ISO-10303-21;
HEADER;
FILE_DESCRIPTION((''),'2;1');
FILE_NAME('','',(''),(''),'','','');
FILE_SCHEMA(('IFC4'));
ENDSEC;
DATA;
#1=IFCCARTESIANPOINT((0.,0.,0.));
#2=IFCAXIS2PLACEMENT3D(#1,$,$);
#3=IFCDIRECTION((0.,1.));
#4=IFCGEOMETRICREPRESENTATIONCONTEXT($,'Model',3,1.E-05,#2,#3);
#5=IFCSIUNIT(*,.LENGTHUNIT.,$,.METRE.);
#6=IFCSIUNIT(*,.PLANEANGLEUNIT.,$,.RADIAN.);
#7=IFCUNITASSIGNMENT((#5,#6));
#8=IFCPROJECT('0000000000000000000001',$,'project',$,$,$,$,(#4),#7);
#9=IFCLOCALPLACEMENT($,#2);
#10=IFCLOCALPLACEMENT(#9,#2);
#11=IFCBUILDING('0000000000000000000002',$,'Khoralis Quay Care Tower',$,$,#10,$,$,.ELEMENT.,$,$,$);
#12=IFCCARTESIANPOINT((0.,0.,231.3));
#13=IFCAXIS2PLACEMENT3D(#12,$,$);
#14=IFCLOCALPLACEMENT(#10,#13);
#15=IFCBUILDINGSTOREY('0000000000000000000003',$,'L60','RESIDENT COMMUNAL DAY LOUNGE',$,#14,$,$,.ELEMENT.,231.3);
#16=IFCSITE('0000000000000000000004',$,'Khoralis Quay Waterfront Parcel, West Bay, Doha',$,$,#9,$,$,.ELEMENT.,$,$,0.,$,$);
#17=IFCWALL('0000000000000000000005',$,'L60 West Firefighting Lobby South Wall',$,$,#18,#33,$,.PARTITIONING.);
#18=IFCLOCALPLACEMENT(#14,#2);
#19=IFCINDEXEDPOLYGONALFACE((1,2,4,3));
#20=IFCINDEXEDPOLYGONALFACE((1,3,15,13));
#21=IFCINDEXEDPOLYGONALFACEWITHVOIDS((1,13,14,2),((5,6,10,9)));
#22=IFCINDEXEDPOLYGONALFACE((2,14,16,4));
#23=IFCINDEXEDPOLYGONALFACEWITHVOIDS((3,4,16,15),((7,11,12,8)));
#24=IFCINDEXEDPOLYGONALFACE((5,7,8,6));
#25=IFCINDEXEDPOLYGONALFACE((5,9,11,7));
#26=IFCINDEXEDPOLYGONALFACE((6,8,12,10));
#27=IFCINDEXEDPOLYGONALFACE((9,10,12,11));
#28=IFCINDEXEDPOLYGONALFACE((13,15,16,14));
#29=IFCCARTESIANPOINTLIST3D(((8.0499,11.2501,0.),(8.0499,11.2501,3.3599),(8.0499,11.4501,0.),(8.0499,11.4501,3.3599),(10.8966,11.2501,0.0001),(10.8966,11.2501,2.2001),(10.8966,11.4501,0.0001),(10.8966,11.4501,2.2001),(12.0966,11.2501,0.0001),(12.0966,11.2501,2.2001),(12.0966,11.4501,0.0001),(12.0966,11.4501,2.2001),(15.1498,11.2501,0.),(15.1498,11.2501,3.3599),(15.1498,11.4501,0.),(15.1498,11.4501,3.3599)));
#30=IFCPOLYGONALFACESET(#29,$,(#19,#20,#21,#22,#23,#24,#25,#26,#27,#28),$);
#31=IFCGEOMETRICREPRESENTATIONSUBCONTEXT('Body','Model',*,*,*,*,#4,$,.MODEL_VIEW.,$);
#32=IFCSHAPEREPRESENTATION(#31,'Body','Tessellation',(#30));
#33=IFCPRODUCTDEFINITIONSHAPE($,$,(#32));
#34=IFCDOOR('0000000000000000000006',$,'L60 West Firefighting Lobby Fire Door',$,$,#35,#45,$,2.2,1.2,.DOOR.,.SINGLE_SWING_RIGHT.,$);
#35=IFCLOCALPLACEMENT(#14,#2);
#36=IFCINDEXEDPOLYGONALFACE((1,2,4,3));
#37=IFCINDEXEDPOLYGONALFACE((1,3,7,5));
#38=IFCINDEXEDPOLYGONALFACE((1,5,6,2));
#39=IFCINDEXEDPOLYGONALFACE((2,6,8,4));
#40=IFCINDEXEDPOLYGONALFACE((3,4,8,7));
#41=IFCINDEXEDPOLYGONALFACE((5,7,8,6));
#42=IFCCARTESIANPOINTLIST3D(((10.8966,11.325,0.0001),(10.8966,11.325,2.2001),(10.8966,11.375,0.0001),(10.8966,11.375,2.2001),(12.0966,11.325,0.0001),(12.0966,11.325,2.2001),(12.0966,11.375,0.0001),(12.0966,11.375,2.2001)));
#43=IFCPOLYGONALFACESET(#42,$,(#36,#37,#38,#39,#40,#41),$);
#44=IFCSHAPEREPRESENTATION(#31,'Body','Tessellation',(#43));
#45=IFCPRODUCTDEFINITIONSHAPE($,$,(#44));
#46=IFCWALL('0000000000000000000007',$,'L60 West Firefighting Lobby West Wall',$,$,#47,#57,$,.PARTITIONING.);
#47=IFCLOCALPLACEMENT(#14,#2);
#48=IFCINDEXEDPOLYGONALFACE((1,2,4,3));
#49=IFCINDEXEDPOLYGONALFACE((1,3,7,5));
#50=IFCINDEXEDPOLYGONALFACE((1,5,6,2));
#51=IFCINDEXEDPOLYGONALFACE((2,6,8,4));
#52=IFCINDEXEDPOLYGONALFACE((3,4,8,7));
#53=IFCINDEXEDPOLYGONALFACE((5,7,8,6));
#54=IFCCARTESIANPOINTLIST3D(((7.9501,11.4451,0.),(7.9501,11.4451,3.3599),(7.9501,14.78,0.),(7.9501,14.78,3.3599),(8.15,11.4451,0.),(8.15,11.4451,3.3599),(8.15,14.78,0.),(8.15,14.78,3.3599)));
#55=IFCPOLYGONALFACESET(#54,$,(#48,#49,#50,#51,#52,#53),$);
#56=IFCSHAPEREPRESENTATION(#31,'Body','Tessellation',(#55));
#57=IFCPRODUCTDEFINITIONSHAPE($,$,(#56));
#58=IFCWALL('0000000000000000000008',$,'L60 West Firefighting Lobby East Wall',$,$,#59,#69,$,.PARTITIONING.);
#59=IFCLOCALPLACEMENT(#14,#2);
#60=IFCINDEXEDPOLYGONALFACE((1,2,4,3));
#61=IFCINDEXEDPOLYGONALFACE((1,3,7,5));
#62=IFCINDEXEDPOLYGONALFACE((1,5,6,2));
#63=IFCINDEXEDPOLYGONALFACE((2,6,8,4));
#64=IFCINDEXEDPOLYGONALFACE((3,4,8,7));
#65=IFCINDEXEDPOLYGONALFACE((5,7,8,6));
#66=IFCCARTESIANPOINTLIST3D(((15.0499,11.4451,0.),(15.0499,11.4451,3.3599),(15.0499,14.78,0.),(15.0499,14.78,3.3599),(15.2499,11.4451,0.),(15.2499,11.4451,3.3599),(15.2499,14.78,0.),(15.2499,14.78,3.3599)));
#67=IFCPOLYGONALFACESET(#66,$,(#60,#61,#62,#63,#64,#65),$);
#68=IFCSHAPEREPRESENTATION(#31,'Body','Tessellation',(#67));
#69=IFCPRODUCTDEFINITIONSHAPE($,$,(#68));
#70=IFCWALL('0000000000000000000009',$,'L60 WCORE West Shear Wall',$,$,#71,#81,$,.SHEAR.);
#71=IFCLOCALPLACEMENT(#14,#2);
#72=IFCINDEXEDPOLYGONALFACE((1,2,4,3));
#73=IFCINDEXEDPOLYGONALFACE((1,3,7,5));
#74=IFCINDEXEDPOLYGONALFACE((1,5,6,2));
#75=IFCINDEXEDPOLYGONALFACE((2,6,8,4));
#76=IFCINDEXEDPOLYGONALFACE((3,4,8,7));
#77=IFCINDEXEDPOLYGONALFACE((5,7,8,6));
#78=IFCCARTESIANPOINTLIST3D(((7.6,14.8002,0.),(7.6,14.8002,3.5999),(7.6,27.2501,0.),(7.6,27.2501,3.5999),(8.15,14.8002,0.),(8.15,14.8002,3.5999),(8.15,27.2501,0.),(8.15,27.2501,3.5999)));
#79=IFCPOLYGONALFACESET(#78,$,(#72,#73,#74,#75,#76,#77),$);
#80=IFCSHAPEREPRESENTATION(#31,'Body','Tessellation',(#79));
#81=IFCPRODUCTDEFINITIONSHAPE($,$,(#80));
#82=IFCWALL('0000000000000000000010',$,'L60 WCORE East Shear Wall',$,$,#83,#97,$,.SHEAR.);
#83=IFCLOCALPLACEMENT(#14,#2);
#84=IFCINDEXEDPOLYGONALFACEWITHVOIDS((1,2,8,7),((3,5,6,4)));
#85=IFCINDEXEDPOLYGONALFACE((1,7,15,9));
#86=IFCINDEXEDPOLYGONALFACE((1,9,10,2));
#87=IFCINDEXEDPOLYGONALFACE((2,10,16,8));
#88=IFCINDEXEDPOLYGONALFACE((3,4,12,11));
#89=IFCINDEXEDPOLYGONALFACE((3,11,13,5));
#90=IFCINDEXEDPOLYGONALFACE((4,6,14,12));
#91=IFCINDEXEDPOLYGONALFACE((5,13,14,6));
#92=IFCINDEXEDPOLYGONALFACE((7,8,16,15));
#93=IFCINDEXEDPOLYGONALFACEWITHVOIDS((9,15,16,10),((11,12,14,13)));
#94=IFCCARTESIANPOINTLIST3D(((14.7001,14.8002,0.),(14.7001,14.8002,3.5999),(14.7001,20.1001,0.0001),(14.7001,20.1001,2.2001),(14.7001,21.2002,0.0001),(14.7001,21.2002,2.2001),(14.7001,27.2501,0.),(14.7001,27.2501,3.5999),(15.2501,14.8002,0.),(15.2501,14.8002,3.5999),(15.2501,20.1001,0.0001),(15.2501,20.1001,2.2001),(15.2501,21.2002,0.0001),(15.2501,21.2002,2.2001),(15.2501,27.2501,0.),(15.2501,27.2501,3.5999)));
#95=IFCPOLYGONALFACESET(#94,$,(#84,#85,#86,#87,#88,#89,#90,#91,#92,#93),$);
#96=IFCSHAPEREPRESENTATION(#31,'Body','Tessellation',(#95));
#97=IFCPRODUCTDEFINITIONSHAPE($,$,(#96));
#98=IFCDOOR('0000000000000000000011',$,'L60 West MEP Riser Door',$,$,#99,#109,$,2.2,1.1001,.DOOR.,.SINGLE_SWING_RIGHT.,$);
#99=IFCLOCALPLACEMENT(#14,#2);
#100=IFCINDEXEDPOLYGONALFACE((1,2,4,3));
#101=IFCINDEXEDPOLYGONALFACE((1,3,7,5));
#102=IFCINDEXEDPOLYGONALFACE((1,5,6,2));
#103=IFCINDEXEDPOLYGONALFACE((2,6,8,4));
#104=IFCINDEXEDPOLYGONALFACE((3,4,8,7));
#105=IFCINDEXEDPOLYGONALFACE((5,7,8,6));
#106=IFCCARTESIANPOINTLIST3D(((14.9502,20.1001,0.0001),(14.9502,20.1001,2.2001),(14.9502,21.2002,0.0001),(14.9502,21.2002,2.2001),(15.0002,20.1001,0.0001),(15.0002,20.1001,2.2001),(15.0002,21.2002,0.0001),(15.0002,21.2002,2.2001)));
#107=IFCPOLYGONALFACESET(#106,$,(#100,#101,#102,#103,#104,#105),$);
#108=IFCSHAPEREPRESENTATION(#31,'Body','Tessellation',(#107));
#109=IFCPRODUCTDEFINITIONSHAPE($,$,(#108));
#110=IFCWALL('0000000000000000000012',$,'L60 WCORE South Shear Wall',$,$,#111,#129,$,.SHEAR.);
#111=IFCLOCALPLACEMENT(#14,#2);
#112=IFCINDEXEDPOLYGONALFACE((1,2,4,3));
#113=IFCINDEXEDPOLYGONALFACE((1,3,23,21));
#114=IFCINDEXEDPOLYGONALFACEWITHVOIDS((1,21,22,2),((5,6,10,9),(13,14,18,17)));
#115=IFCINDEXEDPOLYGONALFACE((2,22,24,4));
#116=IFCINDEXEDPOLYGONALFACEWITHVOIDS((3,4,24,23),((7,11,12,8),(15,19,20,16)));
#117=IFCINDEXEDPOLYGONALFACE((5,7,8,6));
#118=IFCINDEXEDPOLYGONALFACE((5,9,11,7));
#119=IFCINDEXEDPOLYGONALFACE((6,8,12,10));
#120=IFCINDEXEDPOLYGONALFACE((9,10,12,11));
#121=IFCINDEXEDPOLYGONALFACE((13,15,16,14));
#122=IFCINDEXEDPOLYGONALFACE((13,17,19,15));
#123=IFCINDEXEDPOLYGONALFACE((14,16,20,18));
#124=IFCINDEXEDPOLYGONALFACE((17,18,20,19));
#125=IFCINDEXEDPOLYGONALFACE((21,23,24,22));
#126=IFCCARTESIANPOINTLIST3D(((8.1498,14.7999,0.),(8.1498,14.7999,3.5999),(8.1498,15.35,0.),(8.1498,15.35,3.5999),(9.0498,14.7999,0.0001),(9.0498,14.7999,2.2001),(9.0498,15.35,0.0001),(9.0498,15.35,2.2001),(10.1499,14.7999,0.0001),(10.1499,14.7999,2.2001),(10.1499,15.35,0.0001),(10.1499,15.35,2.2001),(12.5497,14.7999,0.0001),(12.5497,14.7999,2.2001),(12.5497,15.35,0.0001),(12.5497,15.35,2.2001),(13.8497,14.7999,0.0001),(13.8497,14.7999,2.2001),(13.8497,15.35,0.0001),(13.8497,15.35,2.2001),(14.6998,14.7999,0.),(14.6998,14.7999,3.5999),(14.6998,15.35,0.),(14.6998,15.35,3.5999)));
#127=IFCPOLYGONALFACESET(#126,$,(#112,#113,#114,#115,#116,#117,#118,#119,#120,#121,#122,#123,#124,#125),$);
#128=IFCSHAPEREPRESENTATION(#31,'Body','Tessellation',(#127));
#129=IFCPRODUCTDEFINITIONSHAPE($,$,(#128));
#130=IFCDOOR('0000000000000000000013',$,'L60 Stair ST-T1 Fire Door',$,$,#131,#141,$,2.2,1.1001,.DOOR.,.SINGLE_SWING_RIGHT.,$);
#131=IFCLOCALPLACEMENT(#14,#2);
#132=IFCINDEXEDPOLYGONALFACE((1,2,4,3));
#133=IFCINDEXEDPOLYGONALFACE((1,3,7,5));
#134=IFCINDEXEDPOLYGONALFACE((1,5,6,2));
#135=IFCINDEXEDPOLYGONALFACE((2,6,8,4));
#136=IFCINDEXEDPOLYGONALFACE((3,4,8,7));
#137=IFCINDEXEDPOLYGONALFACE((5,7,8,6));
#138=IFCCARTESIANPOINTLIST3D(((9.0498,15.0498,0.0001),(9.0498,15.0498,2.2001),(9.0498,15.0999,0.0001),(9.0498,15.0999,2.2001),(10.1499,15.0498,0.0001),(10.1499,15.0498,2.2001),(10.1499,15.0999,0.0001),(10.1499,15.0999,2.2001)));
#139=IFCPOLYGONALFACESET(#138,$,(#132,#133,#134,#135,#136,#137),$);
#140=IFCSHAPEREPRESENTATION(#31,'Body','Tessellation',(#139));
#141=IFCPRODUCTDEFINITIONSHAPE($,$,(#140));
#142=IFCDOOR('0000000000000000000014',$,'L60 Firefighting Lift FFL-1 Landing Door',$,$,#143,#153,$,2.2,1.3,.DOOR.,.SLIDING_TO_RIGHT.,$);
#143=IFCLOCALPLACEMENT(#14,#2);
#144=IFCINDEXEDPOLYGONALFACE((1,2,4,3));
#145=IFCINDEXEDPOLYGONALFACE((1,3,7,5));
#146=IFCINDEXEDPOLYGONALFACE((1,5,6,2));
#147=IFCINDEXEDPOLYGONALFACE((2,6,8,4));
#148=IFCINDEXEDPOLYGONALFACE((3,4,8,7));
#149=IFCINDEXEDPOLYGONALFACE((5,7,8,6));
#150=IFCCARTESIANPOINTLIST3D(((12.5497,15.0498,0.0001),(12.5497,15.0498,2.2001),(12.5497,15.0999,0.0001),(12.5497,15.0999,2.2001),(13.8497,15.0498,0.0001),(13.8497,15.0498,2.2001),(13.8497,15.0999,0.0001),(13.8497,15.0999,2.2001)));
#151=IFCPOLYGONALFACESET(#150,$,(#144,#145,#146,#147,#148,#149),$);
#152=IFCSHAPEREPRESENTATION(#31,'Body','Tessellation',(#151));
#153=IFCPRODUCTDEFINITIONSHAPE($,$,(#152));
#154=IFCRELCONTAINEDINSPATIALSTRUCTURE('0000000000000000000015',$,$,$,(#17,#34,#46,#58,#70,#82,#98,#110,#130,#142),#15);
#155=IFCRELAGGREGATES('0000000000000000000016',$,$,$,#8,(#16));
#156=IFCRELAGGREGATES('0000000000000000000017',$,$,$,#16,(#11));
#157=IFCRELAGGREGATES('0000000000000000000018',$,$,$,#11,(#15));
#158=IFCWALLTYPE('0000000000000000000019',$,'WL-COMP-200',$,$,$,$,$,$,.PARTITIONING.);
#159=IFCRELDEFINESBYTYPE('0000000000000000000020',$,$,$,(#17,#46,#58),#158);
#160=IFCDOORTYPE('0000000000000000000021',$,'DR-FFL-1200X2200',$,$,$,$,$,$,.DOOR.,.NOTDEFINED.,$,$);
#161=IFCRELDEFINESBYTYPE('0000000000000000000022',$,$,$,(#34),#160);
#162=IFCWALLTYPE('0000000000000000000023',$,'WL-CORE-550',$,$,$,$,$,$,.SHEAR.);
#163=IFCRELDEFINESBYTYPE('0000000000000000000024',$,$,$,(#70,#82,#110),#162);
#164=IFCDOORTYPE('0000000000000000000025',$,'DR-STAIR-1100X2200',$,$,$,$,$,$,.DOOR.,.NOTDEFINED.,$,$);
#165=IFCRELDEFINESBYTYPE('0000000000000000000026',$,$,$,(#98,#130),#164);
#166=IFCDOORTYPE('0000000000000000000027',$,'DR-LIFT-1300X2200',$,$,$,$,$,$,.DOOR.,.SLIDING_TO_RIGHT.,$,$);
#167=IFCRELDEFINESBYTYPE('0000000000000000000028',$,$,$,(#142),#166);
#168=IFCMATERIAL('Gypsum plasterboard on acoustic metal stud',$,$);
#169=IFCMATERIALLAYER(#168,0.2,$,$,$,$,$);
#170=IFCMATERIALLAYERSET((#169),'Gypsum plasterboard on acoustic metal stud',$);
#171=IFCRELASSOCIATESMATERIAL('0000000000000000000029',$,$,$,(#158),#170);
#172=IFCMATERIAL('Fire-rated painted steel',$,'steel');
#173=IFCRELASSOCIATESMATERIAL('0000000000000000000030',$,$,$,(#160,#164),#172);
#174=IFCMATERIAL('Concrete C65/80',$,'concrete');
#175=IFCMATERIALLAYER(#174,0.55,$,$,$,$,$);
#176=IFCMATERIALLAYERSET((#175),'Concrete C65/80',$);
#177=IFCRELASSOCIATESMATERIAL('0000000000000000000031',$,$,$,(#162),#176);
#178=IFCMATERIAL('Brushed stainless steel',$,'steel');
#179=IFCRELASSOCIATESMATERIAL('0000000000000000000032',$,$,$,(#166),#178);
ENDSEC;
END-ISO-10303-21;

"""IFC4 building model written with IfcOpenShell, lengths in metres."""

from ifc_helpers import new_model, si_unit, direction, frame, frame_2d, origin, place, context, subcontext, project, spatial, rectangle, extrude, source, transform, mapped, material, layer, layer_set, type_object, element, fill, save


model = new_model("IFC4")

# Units and contexts
model_context = context("Model", 3, precision=1e-05, world=origin(), true_north=direction((0.0, 1.0)))
body_context = subcontext(model_context, "Body", "Model", "MODEL_VIEW")
ifc_project = project(units=[si_unit("LENGTHUNIT", "METRE"), si_unit("PLANEANGLEUNIT", "RADIAN")], contexts=[model_context])

# Site, building, storey
site_placement = place(None, origin())
site = spatial("IfcSite", under=ifc_project, at=site_placement, Name="Khoralis Quay Waterfront Parcel, West Bay, Doha", CompositionType="ELEMENT", RefElevation=0.0)
building_placement = place(site_placement, origin())
building = spatial("IfcBuilding", under=site, at=building_placement, Name="Khoralis Quay Care Tower", CompositionType="ELEMENT")
storey_placement = place(building_placement, frame((0.0, 0.0, 231.3)))
storey = spatial("IfcBuildingStorey", under=building, at=storey_placement, Name="L60", Description="RESIDENT COMMUNAL DAY LOUNGE", CompositionType="ELEMENT", Elevation=231.3)

# Wall, opening, door
ifc_material_1 = material(Name="Gypsum plasterboard on acoustic metal stud")
ifc_layer_1 = layer(ifc_material_1, 0.2)
ifc_layer_set_1 = layer_set([ifc_layer_1], Name="Gypsum plasterboard on acoustic metal stud")
wall_type_1 = type_object("IfcWallType", Name="WL-COMP-200", PredefinedType="PARTITIONING", material=ifc_layer_set_1)
wall_1_placement = place(storey_placement, frame((8.05, 11.3501, 0.0), z_axis=(0.0, 0.0, 1.0), x_axis=(1.0, 0.0, 0.0)))
wall_1 = element("IfcWall", 1, at=wall_1_placement, inside=storey, type_object=wall_type_1, Name="L60 West Firefighting Lobby South Wall", PredefinedType="PARTITIONING", context=body_context, shape_type="SweptSolid", body=[
    extrude(rectangle(XDim=7.0999, YDim=0.2, at=frame_2d((3.5498, 0.0))), origin(), (0.0, 0.0, 1.0), 3.3599),
])
opening_1_placement = place(wall_1_placement, frame((2.8464, 0.0, 0.0)))
opening_1 = element("IfcOpeningElement", 2, at=opening_1_placement, cuts=wall_1, PredefinedType="OPENING", context=body_context, shape_type="SweptSolid", body=[
    extrude(rectangle(XDim=1.2, YDim=2.2, at=frame_2d((0.6001, 1.1001))), frame((0.0, 0.1099, 0.0), z_axis=(0.0, -1.0, 0.0), x_axis=(1.0, 0.0, 0.0)), (0.0, 0.0, 1.0), 0.22),
])
ifc_material_2 = material(Name="Fire-rated painted steel", Category="steel")
door_type_1 = type_object("IfcDoorType", Name="DR-FFL-1200X2200", OperationType="NOTDEFINED", PredefinedType="DOOR", material=ifc_material_2)
shared_shape_1 = source(origin(), body_context, "Body", "SweptSolid", [
    extrude(rectangle(XDim=1.2, YDim=2.2, at=frame_2d((0.6001, 1.1001))), frame((0.0, 0.0249, 0.0), z_axis=(0.0, -1.0, 0.0), x_axis=(1.0, 0.0, 0.0)), (0.0, 0.0, 1.0), 0.05),
])
door_1_placement = place(opening_1_placement, origin())
door_1 = element("IfcDoor", 3, at=door_1_placement, inside=storey, type_object=door_type_1, Name="L60 West Firefighting Lobby Fire Door", OperationType="SINGLE_SWING_RIGHT", OverallHeight=2.2, OverallWidth=1.2, PredefinedType="DOOR", context=body_context, shape_type="MappedRepresentation", body=[
    mapped(shared_shape_1, transform((0.0, 0.0, 0.0), scale=1.0)),
])
fill(opening_1, door_1)

# Walls
for number, where, z_axis, x_axis, name in (
    (4, (8.05, 11.4451, 0.0), (0.0, 0.0, 1.0), (0.0, 1.0, 0.0), "L60 West Firefighting Lobby West Wall"),
    (5, (15.1499, 11.4451, 0.0), (0.0, 0.0, 1.0), (0.0, 1.0, 0.0), "L60 West Firefighting Lobby East Wall"),
):
    element("IfcWall", number, at=place(storey_placement, frame(where, z_axis=z_axis, x_axis=x_axis)), inside=storey, type_object=wall_type_1, Name=name, PredefinedType="PARTITIONING", context=body_context, shape_type="SweptSolid", body=[
        extrude(rectangle(XDim=3.335, YDim=0.2, at=frame_2d((1.6675, 0.0))), origin(), (0.0, 0.0, 1.0), 3.3599),
    ])
ifc_material_3 = material(Name="Concrete C65/80", Category="concrete")
ifc_layer_2 = layer(ifc_material_3, 0.55)
ifc_layer_set_2 = layer_set([ifc_layer_2], Name="Concrete C65/80")
wall_type_2 = type_object("IfcWallType", Name="WL-CORE-550", PredefinedType="SHEAR", material=ifc_layer_set_2)
wall_2_placement = place(storey_placement, frame((7.875, 14.8, 0.0), z_axis=(0.0, 0.0, 1.0), x_axis=(0.0, 1.0, 0.0)))
element("IfcWall", 6, at=wall_2_placement, inside=storey, type_object=wall_type_2, Name="L60 WCORE West Shear Wall", PredefinedType="SHEAR", context=body_context, shape_type="SweptSolid", body=[
    extrude(rectangle(XDim=12.45, YDim=0.55, at=frame_2d((6.2251, 0.0))), origin(), (0.0, 0.0, 1.0), 3.5999),
])

# Wall, opening, door
wall_3_placement = place(storey_placement, frame((14.9751, 14.8, 0.0), z_axis=(0.0, 0.0, 1.0), x_axis=(0.0, 1.0, 0.0)))
wall_3 = element("IfcWall", 7, at=wall_3_placement, inside=storey, type_object=wall_type_2, Name="L60 WCORE East Shear Wall", PredefinedType="SHEAR", context=body_context, shape_type="SweptSolid", body=[
    extrude(rectangle(XDim=12.45, YDim=0.55, at=frame_2d((6.2251, 0.0))), origin(), (0.0, 0.0, 1.0), 3.5999),
])
opening_2_placement = place(wall_3_placement, frame((5.3, 0.0, 0.0)))
opening_2 = element("IfcOpeningElement", 8, at=opening_2_placement, cuts=wall_3, PredefinedType="OPENING", context=body_context, shape_type="SweptSolid", body=[
    extrude(rectangle(XDim=1.1001, YDim=2.2, at=frame_2d((0.55, 1.1001))), frame((0.0, 0.2852, 0.0), z_axis=(0.0, -1.0, 0.0), x_axis=(1.0, 0.0, 0.0)), (0.0, 0.0, 1.0), 0.5701),
])
door_type_2 = type_object("IfcDoorType", Name="DR-STAIR-1100X2200", OperationType="NOTDEFINED", PredefinedType="DOOR", material=ifc_material_2)
shared_shape_2 = source(origin(), body_context, "Body", "SweptSolid", [
    extrude(rectangle(XDim=1.1001, YDim=2.2, at=frame_2d((0.55, 1.1001))), frame((0.0, 0.0249, 0.0), z_axis=(0.0, -1.0, 0.0), x_axis=(1.0, 0.0, 0.0)), (0.0, 0.0, 1.0), 0.05),
])
door_2_placement = place(opening_2_placement, origin())
door_2 = element("IfcDoor", 9, at=door_2_placement, inside=storey, type_object=door_type_2, Name="L60 West MEP Riser Door", OperationType="SINGLE_SWING_RIGHT", OverallHeight=2.2, OverallWidth=1.1001, PredefinedType="DOOR", context=body_context, shape_type="MappedRepresentation", body=[
    mapped(shared_shape_2, transform((0.0, 0.0, 0.0), scale=1.0)),
])
fill(opening_2, door_2)

# Wall, openings, doors
wall_4_placement = place(storey_placement, frame((8.1499, 15.075, 0.0), z_axis=(0.0, 0.0, 1.0), x_axis=(1.0, 0.0, 0.0)))
wall_4 = element("IfcWall", 10, at=wall_4_placement, inside=storey, type_object=wall_type_2, Name="L60 WCORE South Shear Wall", PredefinedType="SHEAR", context=body_context, shape_type="SweptSolid", body=[
    extrude(rectangle(XDim=6.55, YDim=0.55, at=frame_2d((3.2749, 0.0))), origin(), (0.0, 0.0, 1.0), 3.5999),
])
opening_3_placement = place(wall_4_placement, frame((0.8999, 0.0, 0.0)))
opening_3 = element("IfcOpeningElement", 11, at=opening_3_placement, cuts=wall_4, PredefinedType="OPENING", context=body_context, shape_type="SweptSolid", body=[
    extrude(rectangle(XDim=1.1001, YDim=2.2, at=frame_2d((0.55, 1.1001))), frame((0.0, 0.2852, 0.0), z_axis=(0.0, -1.0, 0.0), x_axis=(1.0, 0.0, 0.0)), (0.0, 0.0, 1.0), 0.5701),
])
opening_4_placement = place(wall_4_placement, frame((4.3999, 0.0, 0.0)))
opening_4 = element("IfcOpeningElement", 12, at=opening_4_placement, cuts=wall_4, PredefinedType="OPENING", context=body_context, shape_type="SweptSolid", body=[
    extrude(rectangle(XDim=1.3, YDim=2.2, at=frame_2d((0.6499, 1.1001))), frame((0.0, 0.2852, 0.0), z_axis=(0.0, -1.0, 0.0), x_axis=(1.0, 0.0, 0.0)), (0.0, 0.0, 1.0), 0.5701),
])
door_3_placement = place(opening_3_placement, origin())
door_3 = element("IfcDoor", 13, at=door_3_placement, inside=storey, type_object=door_type_2, Name="L60 Stair ST-T1 Fire Door", OperationType="SINGLE_SWING_RIGHT", OverallHeight=2.2, OverallWidth=1.1001, PredefinedType="DOOR", context=body_context, shape_type="MappedRepresentation", body=[
    mapped(shared_shape_2, transform((0.0, 0.0, 0.0), scale=1.0)),
])
fill(opening_3, door_3)
ifc_material_4 = material(Name="Brushed stainless steel", Category="steel")
door_type_3 = type_object("IfcDoorType", Name="DR-LIFT-1300X2200", OperationType="SLIDING_TO_RIGHT", PredefinedType="DOOR", material=ifc_material_4)
shared_shape_3 = source(origin(), body_context, "Body", "SweptSolid", [
    extrude(rectangle(XDim=1.3, YDim=2.2, at=frame_2d((0.6499, 1.1001))), frame((0.0, 0.0249, 0.0), z_axis=(0.0, -1.0, 0.0), x_axis=(1.0, 0.0, 0.0)), (0.0, 0.0, 1.0), 0.05),
])
door_4_placement = place(opening_4_placement, origin())
door_4 = element("IfcDoor", 14, at=door_4_placement, inside=storey, type_object=door_type_3, Name="L60 Firefighting Lift FFL-1 Landing Door", OperationType="SLIDING_TO_RIGHT", OverallHeight=2.2, OverallWidth=1.3, PredefinedType="DOOR", context=body_context, shape_type="MappedRepresentation", body=[
    mapped(shared_shape_3, transform((0.0, 0.0, 0.0), scale=1.0)),
])
fill(opening_4, door_4)

save(model, "model.ifc")
